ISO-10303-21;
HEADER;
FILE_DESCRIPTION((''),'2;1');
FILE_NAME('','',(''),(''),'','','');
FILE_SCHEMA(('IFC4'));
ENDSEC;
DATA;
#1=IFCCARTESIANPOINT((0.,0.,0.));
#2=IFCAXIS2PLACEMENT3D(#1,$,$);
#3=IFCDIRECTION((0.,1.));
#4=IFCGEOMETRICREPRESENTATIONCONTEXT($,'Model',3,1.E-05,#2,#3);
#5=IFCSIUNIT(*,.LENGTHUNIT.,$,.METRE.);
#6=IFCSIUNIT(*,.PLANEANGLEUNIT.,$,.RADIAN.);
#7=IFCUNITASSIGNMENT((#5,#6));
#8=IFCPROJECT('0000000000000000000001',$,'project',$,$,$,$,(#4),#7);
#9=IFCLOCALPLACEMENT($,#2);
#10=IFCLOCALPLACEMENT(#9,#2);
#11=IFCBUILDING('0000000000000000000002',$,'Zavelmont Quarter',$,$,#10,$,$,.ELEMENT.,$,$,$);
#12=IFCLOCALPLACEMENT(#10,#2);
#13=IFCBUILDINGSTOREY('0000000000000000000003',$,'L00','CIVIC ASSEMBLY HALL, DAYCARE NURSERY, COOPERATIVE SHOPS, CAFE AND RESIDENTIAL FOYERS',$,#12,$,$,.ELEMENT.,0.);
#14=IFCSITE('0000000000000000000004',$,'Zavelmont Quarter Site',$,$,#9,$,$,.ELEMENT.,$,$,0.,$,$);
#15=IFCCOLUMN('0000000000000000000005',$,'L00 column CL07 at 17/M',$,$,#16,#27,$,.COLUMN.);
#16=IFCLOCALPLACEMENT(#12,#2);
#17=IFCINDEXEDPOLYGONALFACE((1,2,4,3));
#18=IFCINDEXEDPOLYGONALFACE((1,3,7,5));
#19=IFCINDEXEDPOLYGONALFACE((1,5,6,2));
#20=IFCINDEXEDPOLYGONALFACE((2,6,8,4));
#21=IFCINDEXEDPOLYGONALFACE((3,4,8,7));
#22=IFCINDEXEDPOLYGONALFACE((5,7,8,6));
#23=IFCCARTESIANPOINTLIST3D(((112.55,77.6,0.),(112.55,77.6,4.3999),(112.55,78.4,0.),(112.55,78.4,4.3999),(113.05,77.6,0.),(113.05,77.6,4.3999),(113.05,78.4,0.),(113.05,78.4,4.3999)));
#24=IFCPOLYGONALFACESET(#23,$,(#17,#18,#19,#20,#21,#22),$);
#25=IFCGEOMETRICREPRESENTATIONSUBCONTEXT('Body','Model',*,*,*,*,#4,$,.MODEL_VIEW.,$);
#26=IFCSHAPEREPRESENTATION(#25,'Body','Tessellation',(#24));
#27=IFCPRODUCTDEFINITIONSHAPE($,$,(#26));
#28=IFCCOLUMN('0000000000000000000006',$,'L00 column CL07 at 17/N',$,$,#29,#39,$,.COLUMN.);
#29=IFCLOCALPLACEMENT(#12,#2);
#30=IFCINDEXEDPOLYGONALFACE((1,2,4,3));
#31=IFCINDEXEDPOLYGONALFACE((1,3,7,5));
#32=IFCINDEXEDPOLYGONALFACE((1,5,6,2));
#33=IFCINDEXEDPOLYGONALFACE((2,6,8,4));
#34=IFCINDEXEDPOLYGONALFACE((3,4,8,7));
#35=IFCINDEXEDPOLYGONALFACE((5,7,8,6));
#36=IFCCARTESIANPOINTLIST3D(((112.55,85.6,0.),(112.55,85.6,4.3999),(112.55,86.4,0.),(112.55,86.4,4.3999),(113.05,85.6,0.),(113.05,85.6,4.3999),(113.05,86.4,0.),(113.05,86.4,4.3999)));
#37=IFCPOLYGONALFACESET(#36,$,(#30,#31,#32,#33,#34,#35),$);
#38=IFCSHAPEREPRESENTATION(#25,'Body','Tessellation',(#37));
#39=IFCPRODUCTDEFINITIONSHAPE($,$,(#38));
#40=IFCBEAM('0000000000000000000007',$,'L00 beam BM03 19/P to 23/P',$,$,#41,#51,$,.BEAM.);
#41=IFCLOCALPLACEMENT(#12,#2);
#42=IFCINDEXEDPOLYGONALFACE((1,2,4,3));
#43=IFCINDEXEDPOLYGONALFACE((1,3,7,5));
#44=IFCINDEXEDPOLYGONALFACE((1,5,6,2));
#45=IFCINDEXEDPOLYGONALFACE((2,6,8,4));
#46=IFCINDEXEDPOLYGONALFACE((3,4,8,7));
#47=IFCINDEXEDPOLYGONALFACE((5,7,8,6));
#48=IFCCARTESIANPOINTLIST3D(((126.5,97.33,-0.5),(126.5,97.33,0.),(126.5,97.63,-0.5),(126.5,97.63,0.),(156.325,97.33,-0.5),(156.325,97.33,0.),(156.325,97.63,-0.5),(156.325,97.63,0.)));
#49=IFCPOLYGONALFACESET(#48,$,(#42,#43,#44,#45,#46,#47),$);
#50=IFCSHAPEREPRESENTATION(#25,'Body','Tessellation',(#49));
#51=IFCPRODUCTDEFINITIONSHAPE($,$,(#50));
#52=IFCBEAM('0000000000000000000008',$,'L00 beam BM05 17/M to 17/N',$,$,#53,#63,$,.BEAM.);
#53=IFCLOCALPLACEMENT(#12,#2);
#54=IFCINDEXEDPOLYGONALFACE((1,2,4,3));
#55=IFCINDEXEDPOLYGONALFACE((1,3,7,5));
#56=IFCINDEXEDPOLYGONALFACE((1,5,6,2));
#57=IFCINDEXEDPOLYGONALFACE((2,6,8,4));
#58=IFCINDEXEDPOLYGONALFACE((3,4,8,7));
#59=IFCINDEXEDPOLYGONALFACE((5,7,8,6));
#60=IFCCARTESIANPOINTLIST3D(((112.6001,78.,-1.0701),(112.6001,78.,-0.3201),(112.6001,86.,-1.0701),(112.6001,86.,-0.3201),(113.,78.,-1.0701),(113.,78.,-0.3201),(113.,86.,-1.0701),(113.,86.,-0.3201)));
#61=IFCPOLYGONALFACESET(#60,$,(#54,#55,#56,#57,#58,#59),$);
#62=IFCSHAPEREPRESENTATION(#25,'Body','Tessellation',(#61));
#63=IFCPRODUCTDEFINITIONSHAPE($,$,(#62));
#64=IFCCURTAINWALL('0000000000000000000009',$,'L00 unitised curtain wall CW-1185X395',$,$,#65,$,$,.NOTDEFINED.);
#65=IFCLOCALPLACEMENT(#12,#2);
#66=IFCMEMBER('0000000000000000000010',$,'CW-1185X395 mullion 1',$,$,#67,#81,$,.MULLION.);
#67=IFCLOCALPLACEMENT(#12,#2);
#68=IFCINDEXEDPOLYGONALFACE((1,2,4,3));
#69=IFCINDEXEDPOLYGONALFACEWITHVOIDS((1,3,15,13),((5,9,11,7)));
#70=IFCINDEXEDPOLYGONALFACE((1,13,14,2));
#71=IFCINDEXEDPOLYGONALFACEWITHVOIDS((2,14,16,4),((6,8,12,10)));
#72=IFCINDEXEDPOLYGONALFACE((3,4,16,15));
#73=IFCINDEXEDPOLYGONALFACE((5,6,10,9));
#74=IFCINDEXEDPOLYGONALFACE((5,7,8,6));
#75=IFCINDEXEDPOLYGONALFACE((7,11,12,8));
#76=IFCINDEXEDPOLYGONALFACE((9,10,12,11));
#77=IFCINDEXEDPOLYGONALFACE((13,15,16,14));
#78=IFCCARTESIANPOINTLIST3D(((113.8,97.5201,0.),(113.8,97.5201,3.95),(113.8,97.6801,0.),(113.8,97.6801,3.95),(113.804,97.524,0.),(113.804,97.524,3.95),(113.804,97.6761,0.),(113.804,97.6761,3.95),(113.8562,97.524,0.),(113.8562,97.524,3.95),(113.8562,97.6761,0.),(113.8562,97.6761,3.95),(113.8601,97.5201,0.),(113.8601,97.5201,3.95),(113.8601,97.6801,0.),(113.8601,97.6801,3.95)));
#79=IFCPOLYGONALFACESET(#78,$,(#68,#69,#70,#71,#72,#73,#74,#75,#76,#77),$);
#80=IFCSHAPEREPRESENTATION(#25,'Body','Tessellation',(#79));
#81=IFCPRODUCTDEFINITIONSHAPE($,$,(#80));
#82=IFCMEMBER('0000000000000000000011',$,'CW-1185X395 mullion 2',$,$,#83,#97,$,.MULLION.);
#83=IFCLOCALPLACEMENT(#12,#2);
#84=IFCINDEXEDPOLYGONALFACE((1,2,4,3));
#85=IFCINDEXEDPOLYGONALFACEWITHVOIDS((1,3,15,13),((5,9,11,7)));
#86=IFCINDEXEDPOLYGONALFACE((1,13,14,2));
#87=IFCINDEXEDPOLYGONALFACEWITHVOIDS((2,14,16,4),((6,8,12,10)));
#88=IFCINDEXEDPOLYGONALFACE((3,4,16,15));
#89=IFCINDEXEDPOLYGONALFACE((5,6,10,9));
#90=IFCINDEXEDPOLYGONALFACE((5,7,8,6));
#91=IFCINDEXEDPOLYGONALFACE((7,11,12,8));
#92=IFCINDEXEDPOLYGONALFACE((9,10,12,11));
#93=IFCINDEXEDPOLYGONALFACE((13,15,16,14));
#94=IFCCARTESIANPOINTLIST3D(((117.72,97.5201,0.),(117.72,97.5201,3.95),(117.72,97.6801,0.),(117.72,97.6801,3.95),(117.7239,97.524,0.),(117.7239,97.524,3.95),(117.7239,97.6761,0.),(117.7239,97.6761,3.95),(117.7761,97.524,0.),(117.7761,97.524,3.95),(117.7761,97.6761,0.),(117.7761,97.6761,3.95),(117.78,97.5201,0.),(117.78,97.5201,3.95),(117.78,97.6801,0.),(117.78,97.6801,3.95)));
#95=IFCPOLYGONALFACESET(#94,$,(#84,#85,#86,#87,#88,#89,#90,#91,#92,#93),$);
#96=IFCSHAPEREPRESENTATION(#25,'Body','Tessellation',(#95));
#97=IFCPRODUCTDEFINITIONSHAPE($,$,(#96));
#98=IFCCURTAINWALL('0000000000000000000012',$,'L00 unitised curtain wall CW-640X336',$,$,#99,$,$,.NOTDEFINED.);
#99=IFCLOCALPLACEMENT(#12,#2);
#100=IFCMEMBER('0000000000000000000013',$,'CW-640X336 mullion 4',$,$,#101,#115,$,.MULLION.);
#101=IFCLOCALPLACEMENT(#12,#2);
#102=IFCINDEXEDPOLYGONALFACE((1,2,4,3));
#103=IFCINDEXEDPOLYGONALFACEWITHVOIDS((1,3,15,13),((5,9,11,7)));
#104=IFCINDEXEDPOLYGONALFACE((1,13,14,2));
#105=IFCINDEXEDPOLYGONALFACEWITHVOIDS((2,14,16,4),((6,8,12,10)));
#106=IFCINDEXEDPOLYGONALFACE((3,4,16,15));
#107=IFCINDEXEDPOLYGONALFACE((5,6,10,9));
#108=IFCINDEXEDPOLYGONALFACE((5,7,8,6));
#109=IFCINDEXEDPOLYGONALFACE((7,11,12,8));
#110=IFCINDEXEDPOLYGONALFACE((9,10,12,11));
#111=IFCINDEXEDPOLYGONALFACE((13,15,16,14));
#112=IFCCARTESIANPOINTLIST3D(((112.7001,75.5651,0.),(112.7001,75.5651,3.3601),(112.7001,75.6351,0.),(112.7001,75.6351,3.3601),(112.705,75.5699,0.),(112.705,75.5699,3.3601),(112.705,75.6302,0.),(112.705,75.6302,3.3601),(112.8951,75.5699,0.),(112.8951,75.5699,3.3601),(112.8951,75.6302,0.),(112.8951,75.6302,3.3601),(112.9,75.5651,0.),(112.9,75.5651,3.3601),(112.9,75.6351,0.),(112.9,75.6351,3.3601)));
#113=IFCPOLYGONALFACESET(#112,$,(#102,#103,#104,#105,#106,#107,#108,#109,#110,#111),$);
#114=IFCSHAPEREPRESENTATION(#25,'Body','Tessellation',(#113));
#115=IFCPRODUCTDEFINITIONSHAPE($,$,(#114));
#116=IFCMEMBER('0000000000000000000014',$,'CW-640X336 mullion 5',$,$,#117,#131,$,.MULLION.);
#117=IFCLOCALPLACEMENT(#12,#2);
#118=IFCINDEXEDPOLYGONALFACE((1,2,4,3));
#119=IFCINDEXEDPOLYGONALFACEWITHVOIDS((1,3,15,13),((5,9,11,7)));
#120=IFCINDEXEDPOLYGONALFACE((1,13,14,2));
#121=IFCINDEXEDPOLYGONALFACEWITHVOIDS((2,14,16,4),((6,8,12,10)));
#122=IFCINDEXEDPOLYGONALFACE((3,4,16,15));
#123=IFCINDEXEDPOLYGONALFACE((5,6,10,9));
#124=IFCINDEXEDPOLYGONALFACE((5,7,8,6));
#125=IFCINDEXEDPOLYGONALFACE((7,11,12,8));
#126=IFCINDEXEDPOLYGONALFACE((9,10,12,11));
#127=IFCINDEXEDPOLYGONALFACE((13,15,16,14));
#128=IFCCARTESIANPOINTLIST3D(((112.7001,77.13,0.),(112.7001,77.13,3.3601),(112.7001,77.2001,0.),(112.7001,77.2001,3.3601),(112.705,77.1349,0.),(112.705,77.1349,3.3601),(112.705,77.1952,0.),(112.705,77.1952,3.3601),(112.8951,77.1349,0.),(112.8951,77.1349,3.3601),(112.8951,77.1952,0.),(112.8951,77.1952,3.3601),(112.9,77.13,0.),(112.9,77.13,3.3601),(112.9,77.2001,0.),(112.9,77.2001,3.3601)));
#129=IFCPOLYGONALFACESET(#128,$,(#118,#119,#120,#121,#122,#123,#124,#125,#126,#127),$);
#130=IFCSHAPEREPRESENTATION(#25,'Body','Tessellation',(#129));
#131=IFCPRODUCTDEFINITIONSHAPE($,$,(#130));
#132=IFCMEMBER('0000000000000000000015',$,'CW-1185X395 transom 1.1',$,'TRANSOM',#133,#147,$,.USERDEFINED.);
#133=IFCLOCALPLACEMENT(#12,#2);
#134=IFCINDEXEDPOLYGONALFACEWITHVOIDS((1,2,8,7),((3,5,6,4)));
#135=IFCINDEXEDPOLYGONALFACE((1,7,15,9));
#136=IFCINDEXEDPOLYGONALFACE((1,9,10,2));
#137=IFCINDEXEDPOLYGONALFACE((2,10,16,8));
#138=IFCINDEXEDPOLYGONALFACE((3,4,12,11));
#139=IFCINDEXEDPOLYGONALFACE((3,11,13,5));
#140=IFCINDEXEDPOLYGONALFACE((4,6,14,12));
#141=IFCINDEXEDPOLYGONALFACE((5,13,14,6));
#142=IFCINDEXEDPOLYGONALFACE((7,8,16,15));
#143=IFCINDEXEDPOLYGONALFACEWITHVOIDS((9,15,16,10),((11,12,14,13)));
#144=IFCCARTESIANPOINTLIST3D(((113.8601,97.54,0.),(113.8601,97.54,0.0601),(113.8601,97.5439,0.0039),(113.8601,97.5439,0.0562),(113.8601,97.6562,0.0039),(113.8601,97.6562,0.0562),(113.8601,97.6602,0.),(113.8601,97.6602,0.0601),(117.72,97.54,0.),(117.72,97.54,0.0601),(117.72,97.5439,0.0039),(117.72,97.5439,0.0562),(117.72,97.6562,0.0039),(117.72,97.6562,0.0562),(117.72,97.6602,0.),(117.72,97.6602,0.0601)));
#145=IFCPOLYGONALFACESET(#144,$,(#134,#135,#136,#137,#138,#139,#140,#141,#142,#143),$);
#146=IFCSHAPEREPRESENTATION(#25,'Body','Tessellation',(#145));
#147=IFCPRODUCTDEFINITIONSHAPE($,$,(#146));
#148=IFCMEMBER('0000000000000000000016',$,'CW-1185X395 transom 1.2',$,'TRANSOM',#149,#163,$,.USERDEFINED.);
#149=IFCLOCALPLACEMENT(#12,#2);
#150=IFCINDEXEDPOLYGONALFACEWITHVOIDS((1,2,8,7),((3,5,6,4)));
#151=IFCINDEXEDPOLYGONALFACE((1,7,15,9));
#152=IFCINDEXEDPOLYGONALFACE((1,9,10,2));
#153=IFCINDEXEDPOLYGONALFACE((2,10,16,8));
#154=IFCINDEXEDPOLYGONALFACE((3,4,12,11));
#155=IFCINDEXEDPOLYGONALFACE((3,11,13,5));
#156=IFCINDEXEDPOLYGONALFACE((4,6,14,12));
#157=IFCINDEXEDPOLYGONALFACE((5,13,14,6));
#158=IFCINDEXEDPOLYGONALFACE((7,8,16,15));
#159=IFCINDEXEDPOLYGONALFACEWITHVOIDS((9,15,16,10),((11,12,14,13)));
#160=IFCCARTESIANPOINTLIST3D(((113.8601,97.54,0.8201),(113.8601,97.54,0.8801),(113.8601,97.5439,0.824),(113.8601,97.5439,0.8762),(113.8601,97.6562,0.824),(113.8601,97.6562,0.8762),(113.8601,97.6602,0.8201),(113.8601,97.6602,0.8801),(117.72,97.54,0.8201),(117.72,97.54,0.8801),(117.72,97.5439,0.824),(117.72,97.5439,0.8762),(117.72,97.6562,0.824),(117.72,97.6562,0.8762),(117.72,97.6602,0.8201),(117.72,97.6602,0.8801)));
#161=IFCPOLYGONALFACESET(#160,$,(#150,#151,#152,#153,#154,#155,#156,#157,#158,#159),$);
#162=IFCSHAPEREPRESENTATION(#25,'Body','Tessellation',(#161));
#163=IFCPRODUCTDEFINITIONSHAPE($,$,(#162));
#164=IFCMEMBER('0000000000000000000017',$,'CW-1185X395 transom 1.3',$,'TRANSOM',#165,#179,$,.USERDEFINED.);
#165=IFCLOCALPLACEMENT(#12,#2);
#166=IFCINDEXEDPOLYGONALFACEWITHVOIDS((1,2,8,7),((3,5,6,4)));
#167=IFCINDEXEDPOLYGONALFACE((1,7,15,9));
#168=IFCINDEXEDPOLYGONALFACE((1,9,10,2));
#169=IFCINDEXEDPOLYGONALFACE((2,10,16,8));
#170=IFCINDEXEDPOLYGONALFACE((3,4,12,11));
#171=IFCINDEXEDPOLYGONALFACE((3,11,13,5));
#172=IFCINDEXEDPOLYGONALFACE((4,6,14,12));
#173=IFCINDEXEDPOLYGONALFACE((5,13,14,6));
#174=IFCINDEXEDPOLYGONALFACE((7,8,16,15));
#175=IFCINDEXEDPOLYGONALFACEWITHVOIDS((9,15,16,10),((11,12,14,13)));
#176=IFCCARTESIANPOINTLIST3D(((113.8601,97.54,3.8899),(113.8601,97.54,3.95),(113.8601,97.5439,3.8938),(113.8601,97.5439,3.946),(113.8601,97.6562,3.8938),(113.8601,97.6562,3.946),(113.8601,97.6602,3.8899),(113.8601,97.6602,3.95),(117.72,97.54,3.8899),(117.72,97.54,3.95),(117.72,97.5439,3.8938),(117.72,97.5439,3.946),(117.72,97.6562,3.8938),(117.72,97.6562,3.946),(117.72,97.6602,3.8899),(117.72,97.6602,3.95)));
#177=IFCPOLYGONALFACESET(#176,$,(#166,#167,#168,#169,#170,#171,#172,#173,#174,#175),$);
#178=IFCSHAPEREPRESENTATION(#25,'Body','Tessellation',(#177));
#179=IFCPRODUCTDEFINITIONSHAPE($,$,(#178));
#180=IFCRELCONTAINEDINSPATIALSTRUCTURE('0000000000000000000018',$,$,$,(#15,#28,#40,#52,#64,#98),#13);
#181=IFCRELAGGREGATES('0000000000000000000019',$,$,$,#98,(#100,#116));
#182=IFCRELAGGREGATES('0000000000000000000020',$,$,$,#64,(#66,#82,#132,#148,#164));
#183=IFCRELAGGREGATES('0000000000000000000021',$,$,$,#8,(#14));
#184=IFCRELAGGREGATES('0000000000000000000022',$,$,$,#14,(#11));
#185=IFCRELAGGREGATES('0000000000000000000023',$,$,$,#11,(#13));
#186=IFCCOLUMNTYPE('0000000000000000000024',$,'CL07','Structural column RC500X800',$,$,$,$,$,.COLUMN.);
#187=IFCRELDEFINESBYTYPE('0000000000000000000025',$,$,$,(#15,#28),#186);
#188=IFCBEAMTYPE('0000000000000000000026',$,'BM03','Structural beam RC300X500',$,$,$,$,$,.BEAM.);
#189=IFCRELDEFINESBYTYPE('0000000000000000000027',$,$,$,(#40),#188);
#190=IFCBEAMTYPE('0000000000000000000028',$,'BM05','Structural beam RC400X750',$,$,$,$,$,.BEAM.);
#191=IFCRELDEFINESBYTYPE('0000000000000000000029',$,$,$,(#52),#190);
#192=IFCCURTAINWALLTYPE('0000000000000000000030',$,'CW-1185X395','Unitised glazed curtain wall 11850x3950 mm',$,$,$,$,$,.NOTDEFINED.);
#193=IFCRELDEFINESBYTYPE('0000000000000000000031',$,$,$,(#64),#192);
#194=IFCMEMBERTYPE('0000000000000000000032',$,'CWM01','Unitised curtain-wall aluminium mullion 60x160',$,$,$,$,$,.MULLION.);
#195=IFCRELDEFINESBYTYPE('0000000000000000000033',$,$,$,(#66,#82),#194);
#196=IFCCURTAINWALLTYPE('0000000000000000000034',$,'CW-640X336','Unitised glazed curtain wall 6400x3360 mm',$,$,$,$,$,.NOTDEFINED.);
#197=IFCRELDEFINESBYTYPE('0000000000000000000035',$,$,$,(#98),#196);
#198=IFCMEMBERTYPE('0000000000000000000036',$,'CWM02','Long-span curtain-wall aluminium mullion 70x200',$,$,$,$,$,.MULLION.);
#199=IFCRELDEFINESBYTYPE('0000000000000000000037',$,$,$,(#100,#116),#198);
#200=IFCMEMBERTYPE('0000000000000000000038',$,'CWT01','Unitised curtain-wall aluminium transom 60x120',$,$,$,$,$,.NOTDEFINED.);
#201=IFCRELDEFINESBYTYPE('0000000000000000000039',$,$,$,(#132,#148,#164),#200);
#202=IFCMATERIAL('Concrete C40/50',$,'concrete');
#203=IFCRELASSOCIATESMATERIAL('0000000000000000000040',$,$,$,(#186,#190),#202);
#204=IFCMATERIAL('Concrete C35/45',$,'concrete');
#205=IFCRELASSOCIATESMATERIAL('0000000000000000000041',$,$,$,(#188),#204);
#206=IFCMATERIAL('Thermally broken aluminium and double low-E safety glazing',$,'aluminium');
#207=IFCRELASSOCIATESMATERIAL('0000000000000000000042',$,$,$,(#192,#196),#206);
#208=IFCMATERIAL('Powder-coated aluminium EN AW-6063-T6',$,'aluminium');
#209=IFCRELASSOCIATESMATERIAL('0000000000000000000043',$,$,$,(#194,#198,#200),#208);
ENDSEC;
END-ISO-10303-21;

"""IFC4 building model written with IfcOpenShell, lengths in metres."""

from ifc_helpers import new_model, si_unit, direction, frame, origin, origin_2d, place, context, subcontext, project, spatial, rectangle, hollow_rectangle, extrude, material, material_profile, profile_set, type_object, element, aggregate, save


model = new_model("IFC4")

# Units and contexts
model_context = context("Model", 3, precision=1e-05, world=origin(), true_north=direction((0.0, 1.0)))
body_context = subcontext(model_context, "Body", "Model", "MODEL_VIEW")
ifc_project = project(units=[si_unit("LENGTHUNIT", "METRE"), si_unit("PLANEANGLEUNIT", "RADIAN")], contexts=[model_context])

# Site, building, storey
site_placement = place(None, origin())
site = spatial("IfcSite", under=ifc_project, at=site_placement, Name="Zavelmont Quarter Site", CompositionType="ELEMENT", RefElevation=0.0)
building_placement = place(site_placement, origin())
building = spatial("IfcBuilding", under=site, at=building_placement, Name="Zavelmont Quarter", CompositionType="ELEMENT")
storey_placement = place(building_placement, origin())
storey = spatial("IfcBuildingStorey", under=building, at=storey_placement, Name="L00", Description="CIVIC ASSEMBLY HALL, DAYCARE NURSERY, COOPERATIVE SHOPS, CAFE AND RESIDENTIAL FOYERS", CompositionType="ELEMENT", Elevation=0.0)

# Columns
ifc_material_1 = material(Name="Concrete C40/50", Category="concrete")
ifc_material_profile_1 = material_profile(ifc_material_1, rectangle(XDim=0.5, YDim=0.8, at=origin_2d()), Name="RC500X800")
ifc_profile_set_1 = profile_set([ifc_material_profile_1], Name="Concrete C40/50")
column_type = type_object("IfcColumnType", Name="CL07", Description="Structural column RC500X800", PredefinedType="COLUMN", material=ifc_profile_set_1)
for number, where, z_axis, x_axis, name in (
    (1, (112.8, 78.0, 0.0), (0.0, 0.0, 1.0), (1.0, 0.0, 0.0), "L00 column CL07 at 17/M"),
    (2, (112.8, 86.0, 0.0), (0.0, 0.0, 1.0), (1.0, 0.0, 0.0), "L00 column CL07 at 17/N"),
):
    element("IfcColumn", number, at=place(storey_placement, frame(where, z_axis=z_axis, x_axis=x_axis)), inside=storey, type_object=column_type, Name=name, PredefinedType="COLUMN", context=body_context, shape_type="SweptSolid", body=[
        extrude(rectangle(XDim=0.5, YDim=0.8, at=origin_2d()), origin(), (0.0, 0.0, 1.0), 4.3999),
    ])

# Beams
ifc_material_2 = material(Name="Concrete C35/45", Category="concrete")
ifc_material_profile_2 = material_profile(ifc_material_2, rectangle(XDim=0.3, YDim=0.5, at=origin_2d()), Name="RC300X500")
ifc_profile_set_2 = profile_set([ifc_material_profile_2], Name="Concrete C35/45")
beam_type_1 = type_object("IfcBeamType", Name="BM03", Description="Structural beam RC300X500", PredefinedType="BEAM", material=ifc_profile_set_2)
beam_1_placement = place(storey_placement, frame((126.5, 97.48, -0.25), z_axis=(1.0, 0.0, 0.0), x_axis=(0.0, 1.0, 0.0)))
element("IfcBeam", 3, at=beam_1_placement, inside=storey, type_object=beam_type_1, Name="L00 beam BM03 19/P to 23/P", PredefinedType="BEAM", context=body_context, shape_type="SweptSolid", body=[
    extrude(rectangle(XDim=0.3, YDim=0.5, at=origin_2d()), origin(), (0.0, 0.0, 1.0), 29.825),
])
ifc_material_profile_3 = material_profile(ifc_material_1, rectangle(XDim=0.3999, YDim=0.75, at=origin_2d()), Name="RC400X750")
ifc_profile_set_3 = profile_set([ifc_material_profile_3], Name="Concrete C40/50")
beam_type_2 = type_object("IfcBeamType", Name="BM05", Description="Structural beam RC400X750", PredefinedType="BEAM", material=ifc_profile_set_3)
beam_2_placement = place(storey_placement, frame((112.8, 78.0, -0.6951), z_axis=(0.0, 1.0, 0.0), x_axis=(-1.0, 0.0, 0.0)))
element("IfcBeam", 4, at=beam_2_placement, inside=storey, type_object=beam_type_2, Name="L00 beam BM05 17/M to 17/N", PredefinedType="BEAM", context=body_context, shape_type="SweptSolid", body=[
    extrude(rectangle(XDim=0.3999, YDim=0.75, at=origin_2d()), origin(), (0.0, 0.0, 1.0), 8.0),
])

# Curtain walls, members
ifc_material_3 = material(Name="Thermally broken aluminium and double low-E safety glazing", Category="aluminium")
curtain_wall_type_1 = type_object("IfcCurtainWallType", Name="CW-1185X395", Description="Unitised glazed curtain wall 11850x3950 mm", PredefinedType="NOTDEFINED", material=ifc_material_3)
curtain_wall_1_placement = place(storey_placement, origin())
curtain_wall_1 = element("IfcCurtainWall", 5, at=curtain_wall_1_placement, inside=storey, type_object=curtain_wall_type_1, Name="L00 unitised curtain wall CW-1185X395", PredefinedType="NOTDEFINED")
ifc_material_4 = material(Name="Powder-coated aluminium EN AW-6063-T6", Category="aluminium")
ifc_material_profile_4 = material_profile(ifc_material_4, hollow_rectangle(XDim=0.0601, YDim=0.1599, WallThickness=0.0039, at=origin_2d()), Name="CWM60X160")
ifc_profile_set_4 = profile_set([ifc_material_profile_4], Name="Powder-coated aluminium EN AW-6063-T6")
member_type_1 = type_object("IfcMemberType", Name="CWM01", Description="Unitised curtain-wall aluminium mullion 60x160", PredefinedType="MULLION", material=ifc_profile_set_4)
member_1_placement = place(storey_placement, frame((113.8301, 97.6001, 0.0), z_axis=(0.0, 0.0, 1.0), x_axis=(1.0, 0.0, 0.0)))
member_1 = element("IfcMember", 6, at=member_1_placement, type_object=member_type_1, Name="CW-1185X395 mullion 1", PredefinedType="MULLION", context=body_context, shape_type="SweptSolid", body=[
    extrude(hollow_rectangle(XDim=0.0601, YDim=0.1599, WallThickness=0.0039, at=origin_2d()), origin(), (0.0, 0.0, 1.0), 3.95),
])
member_2_placement = place(storey_placement, frame((117.75, 97.6001, 0.0), z_axis=(0.0, 0.0, 1.0), x_axis=(1.0, 0.0, 0.0)))
member_2 = element("IfcMember", 7, at=member_2_placement, type_object=member_type_1, Name="CW-1185X395 mullion 2", PredefinedType="MULLION", context=body_context, shape_type="SweptSolid", body=[
    extrude(hollow_rectangle(XDim=0.0601, YDim=0.1599, WallThickness=0.0039, at=origin_2d()), origin(), (0.0, 0.0, 1.0), 3.95),
])
curtain_wall_type_2 = type_object("IfcCurtainWallType", Name="CW-640X336", Description="Unitised glazed curtain wall 6400x3360 mm", PredefinedType="NOTDEFINED", material=ifc_material_3)
curtain_wall_2_placement = place(storey_placement, origin())
curtain_wall_2 = element("IfcCurtainWall", 8, at=curtain_wall_2_placement, inside=storey, type_object=curtain_wall_type_2, Name="L00 unitised curtain wall CW-640X336", PredefinedType="NOTDEFINED")
ifc_material_profile_5 = material_profile(ifc_material_4, hollow_rectangle(XDim=0.0701, YDim=0.2, WallThickness=0.0049, at=origin_2d()), Name="CWM70X200")
ifc_profile_set_5 = profile_set([ifc_material_profile_5], Name="Powder-coated aluminium EN AW-6063-T6")
member_type_2 = type_object("IfcMemberType", Name="CWM02", Description="Long-span curtain-wall aluminium mullion 70x200", PredefinedType="MULLION", material=ifc_profile_set_5)
member_3_placement = place(storey_placement, frame((112.8, 75.6001, 0.0), z_axis=(0.0, 0.0, 1.0), x_axis=(0.0, 1.0, 0.0)))
member_3 = element("IfcMember", 9, at=member_3_placement, type_object=member_type_2, Name="CW-640X336 mullion 4", PredefinedType="MULLION", context=body_context, shape_type="SweptSolid", body=[
    extrude(hollow_rectangle(XDim=0.0701, YDim=0.2, WallThickness=0.0049, at=origin_2d()), origin(), (0.0, 0.0, 1.0), 3.3601),
])
member_4_placement = place(storey_placement, frame((112.8, 77.165, 0.0), z_axis=(0.0, 0.0, 1.0), x_axis=(0.0, 1.0, 0.0)))
member_4 = element("IfcMember", 10, at=member_4_placement, type_object=member_type_2, Name="CW-640X336 mullion 5", PredefinedType="MULLION", context=body_context, shape_type="SweptSolid", body=[
    extrude(hollow_rectangle(XDim=0.0701, YDim=0.2, WallThickness=0.0049, at=origin_2d()), origin(), (0.0, 0.0, 1.0), 3.3601),
])

# Members
ifc_material_profile_6 = material_profile(ifc_material_4, hollow_rectangle(XDim=0.1201, YDim=0.0601, WallThickness=0.0039, at=origin_2d()), Name="CWT60X120")
ifc_profile_set_6 = profile_set([ifc_material_profile_6], Name="Powder-coated aluminium EN AW-6063-T6")
member_type_3 = type_object("IfcMemberType", Name="CWT01", Description="Unitised curtain-wall aluminium transom 60x120", PredefinedType="NOTDEFINED", material=ifc_profile_set_6)
member_5_placement = place(storey_placement, frame((113.8601, 97.6001, 0.03), z_axis=(1.0, 0.0, 0.0), x_axis=(0.0, 1.0, 0.0)))
member_5 = element("IfcMember", 11, at=member_5_placement, type_object=member_type_3, Name="CW-1185X395 transom 1.1", ObjectType="TRANSOM", PredefinedType="USERDEFINED", context=body_context, shape_type="SweptSolid", body=[
    extrude(hollow_rectangle(XDim=0.1201, YDim=0.0601, WallThickness=0.0039, at=origin_2d()), origin(), (0.0, 0.0, 1.0), 3.8599),
])
member_6_placement = place(storey_placement, frame((113.8601, 97.6001, 0.8501), z_axis=(1.0, 0.0, 0.0), x_axis=(0.0, 1.0, 0.0)))
member_6 = element("IfcMember", 12, at=member_6_placement, type_object=member_type_3, Name="CW-1185X395 transom 1.2", ObjectType="TRANSOM", PredefinedType="USERDEFINED", context=body_context, shape_type="SweptSolid", body=[
    extrude(hollow_rectangle(XDim=0.1201, YDim=0.0601, WallThickness=0.0039, at=origin_2d()), origin(), (0.0, 0.0, 1.0), 3.8599),
])
member_7_placement = place(storey_placement, frame((113.8601, 97.6001, 3.9199), z_axis=(1.0, 0.0, 0.0), x_axis=(0.0, 1.0, 0.0)))
member_7 = element("IfcMember", 13, at=member_7_placement, type_object=member_type_3, Name="CW-1185X395 transom 1.3", ObjectType="TRANSOM", PredefinedType="USERDEFINED", context=body_context, shape_type="SweptSolid", body=[
    extrude(hollow_rectangle(XDim=0.1201, YDim=0.0601, WallThickness=0.0039, at=origin_2d()), origin(), (0.0, 0.0, 1.0), 3.8599),
])

aggregate(curtain_wall_2, [member_3, member_4])
aggregate(curtain_wall_1, [member_1, member_2, member_5, member_6, member_7])

save(model, "model.ifc")
